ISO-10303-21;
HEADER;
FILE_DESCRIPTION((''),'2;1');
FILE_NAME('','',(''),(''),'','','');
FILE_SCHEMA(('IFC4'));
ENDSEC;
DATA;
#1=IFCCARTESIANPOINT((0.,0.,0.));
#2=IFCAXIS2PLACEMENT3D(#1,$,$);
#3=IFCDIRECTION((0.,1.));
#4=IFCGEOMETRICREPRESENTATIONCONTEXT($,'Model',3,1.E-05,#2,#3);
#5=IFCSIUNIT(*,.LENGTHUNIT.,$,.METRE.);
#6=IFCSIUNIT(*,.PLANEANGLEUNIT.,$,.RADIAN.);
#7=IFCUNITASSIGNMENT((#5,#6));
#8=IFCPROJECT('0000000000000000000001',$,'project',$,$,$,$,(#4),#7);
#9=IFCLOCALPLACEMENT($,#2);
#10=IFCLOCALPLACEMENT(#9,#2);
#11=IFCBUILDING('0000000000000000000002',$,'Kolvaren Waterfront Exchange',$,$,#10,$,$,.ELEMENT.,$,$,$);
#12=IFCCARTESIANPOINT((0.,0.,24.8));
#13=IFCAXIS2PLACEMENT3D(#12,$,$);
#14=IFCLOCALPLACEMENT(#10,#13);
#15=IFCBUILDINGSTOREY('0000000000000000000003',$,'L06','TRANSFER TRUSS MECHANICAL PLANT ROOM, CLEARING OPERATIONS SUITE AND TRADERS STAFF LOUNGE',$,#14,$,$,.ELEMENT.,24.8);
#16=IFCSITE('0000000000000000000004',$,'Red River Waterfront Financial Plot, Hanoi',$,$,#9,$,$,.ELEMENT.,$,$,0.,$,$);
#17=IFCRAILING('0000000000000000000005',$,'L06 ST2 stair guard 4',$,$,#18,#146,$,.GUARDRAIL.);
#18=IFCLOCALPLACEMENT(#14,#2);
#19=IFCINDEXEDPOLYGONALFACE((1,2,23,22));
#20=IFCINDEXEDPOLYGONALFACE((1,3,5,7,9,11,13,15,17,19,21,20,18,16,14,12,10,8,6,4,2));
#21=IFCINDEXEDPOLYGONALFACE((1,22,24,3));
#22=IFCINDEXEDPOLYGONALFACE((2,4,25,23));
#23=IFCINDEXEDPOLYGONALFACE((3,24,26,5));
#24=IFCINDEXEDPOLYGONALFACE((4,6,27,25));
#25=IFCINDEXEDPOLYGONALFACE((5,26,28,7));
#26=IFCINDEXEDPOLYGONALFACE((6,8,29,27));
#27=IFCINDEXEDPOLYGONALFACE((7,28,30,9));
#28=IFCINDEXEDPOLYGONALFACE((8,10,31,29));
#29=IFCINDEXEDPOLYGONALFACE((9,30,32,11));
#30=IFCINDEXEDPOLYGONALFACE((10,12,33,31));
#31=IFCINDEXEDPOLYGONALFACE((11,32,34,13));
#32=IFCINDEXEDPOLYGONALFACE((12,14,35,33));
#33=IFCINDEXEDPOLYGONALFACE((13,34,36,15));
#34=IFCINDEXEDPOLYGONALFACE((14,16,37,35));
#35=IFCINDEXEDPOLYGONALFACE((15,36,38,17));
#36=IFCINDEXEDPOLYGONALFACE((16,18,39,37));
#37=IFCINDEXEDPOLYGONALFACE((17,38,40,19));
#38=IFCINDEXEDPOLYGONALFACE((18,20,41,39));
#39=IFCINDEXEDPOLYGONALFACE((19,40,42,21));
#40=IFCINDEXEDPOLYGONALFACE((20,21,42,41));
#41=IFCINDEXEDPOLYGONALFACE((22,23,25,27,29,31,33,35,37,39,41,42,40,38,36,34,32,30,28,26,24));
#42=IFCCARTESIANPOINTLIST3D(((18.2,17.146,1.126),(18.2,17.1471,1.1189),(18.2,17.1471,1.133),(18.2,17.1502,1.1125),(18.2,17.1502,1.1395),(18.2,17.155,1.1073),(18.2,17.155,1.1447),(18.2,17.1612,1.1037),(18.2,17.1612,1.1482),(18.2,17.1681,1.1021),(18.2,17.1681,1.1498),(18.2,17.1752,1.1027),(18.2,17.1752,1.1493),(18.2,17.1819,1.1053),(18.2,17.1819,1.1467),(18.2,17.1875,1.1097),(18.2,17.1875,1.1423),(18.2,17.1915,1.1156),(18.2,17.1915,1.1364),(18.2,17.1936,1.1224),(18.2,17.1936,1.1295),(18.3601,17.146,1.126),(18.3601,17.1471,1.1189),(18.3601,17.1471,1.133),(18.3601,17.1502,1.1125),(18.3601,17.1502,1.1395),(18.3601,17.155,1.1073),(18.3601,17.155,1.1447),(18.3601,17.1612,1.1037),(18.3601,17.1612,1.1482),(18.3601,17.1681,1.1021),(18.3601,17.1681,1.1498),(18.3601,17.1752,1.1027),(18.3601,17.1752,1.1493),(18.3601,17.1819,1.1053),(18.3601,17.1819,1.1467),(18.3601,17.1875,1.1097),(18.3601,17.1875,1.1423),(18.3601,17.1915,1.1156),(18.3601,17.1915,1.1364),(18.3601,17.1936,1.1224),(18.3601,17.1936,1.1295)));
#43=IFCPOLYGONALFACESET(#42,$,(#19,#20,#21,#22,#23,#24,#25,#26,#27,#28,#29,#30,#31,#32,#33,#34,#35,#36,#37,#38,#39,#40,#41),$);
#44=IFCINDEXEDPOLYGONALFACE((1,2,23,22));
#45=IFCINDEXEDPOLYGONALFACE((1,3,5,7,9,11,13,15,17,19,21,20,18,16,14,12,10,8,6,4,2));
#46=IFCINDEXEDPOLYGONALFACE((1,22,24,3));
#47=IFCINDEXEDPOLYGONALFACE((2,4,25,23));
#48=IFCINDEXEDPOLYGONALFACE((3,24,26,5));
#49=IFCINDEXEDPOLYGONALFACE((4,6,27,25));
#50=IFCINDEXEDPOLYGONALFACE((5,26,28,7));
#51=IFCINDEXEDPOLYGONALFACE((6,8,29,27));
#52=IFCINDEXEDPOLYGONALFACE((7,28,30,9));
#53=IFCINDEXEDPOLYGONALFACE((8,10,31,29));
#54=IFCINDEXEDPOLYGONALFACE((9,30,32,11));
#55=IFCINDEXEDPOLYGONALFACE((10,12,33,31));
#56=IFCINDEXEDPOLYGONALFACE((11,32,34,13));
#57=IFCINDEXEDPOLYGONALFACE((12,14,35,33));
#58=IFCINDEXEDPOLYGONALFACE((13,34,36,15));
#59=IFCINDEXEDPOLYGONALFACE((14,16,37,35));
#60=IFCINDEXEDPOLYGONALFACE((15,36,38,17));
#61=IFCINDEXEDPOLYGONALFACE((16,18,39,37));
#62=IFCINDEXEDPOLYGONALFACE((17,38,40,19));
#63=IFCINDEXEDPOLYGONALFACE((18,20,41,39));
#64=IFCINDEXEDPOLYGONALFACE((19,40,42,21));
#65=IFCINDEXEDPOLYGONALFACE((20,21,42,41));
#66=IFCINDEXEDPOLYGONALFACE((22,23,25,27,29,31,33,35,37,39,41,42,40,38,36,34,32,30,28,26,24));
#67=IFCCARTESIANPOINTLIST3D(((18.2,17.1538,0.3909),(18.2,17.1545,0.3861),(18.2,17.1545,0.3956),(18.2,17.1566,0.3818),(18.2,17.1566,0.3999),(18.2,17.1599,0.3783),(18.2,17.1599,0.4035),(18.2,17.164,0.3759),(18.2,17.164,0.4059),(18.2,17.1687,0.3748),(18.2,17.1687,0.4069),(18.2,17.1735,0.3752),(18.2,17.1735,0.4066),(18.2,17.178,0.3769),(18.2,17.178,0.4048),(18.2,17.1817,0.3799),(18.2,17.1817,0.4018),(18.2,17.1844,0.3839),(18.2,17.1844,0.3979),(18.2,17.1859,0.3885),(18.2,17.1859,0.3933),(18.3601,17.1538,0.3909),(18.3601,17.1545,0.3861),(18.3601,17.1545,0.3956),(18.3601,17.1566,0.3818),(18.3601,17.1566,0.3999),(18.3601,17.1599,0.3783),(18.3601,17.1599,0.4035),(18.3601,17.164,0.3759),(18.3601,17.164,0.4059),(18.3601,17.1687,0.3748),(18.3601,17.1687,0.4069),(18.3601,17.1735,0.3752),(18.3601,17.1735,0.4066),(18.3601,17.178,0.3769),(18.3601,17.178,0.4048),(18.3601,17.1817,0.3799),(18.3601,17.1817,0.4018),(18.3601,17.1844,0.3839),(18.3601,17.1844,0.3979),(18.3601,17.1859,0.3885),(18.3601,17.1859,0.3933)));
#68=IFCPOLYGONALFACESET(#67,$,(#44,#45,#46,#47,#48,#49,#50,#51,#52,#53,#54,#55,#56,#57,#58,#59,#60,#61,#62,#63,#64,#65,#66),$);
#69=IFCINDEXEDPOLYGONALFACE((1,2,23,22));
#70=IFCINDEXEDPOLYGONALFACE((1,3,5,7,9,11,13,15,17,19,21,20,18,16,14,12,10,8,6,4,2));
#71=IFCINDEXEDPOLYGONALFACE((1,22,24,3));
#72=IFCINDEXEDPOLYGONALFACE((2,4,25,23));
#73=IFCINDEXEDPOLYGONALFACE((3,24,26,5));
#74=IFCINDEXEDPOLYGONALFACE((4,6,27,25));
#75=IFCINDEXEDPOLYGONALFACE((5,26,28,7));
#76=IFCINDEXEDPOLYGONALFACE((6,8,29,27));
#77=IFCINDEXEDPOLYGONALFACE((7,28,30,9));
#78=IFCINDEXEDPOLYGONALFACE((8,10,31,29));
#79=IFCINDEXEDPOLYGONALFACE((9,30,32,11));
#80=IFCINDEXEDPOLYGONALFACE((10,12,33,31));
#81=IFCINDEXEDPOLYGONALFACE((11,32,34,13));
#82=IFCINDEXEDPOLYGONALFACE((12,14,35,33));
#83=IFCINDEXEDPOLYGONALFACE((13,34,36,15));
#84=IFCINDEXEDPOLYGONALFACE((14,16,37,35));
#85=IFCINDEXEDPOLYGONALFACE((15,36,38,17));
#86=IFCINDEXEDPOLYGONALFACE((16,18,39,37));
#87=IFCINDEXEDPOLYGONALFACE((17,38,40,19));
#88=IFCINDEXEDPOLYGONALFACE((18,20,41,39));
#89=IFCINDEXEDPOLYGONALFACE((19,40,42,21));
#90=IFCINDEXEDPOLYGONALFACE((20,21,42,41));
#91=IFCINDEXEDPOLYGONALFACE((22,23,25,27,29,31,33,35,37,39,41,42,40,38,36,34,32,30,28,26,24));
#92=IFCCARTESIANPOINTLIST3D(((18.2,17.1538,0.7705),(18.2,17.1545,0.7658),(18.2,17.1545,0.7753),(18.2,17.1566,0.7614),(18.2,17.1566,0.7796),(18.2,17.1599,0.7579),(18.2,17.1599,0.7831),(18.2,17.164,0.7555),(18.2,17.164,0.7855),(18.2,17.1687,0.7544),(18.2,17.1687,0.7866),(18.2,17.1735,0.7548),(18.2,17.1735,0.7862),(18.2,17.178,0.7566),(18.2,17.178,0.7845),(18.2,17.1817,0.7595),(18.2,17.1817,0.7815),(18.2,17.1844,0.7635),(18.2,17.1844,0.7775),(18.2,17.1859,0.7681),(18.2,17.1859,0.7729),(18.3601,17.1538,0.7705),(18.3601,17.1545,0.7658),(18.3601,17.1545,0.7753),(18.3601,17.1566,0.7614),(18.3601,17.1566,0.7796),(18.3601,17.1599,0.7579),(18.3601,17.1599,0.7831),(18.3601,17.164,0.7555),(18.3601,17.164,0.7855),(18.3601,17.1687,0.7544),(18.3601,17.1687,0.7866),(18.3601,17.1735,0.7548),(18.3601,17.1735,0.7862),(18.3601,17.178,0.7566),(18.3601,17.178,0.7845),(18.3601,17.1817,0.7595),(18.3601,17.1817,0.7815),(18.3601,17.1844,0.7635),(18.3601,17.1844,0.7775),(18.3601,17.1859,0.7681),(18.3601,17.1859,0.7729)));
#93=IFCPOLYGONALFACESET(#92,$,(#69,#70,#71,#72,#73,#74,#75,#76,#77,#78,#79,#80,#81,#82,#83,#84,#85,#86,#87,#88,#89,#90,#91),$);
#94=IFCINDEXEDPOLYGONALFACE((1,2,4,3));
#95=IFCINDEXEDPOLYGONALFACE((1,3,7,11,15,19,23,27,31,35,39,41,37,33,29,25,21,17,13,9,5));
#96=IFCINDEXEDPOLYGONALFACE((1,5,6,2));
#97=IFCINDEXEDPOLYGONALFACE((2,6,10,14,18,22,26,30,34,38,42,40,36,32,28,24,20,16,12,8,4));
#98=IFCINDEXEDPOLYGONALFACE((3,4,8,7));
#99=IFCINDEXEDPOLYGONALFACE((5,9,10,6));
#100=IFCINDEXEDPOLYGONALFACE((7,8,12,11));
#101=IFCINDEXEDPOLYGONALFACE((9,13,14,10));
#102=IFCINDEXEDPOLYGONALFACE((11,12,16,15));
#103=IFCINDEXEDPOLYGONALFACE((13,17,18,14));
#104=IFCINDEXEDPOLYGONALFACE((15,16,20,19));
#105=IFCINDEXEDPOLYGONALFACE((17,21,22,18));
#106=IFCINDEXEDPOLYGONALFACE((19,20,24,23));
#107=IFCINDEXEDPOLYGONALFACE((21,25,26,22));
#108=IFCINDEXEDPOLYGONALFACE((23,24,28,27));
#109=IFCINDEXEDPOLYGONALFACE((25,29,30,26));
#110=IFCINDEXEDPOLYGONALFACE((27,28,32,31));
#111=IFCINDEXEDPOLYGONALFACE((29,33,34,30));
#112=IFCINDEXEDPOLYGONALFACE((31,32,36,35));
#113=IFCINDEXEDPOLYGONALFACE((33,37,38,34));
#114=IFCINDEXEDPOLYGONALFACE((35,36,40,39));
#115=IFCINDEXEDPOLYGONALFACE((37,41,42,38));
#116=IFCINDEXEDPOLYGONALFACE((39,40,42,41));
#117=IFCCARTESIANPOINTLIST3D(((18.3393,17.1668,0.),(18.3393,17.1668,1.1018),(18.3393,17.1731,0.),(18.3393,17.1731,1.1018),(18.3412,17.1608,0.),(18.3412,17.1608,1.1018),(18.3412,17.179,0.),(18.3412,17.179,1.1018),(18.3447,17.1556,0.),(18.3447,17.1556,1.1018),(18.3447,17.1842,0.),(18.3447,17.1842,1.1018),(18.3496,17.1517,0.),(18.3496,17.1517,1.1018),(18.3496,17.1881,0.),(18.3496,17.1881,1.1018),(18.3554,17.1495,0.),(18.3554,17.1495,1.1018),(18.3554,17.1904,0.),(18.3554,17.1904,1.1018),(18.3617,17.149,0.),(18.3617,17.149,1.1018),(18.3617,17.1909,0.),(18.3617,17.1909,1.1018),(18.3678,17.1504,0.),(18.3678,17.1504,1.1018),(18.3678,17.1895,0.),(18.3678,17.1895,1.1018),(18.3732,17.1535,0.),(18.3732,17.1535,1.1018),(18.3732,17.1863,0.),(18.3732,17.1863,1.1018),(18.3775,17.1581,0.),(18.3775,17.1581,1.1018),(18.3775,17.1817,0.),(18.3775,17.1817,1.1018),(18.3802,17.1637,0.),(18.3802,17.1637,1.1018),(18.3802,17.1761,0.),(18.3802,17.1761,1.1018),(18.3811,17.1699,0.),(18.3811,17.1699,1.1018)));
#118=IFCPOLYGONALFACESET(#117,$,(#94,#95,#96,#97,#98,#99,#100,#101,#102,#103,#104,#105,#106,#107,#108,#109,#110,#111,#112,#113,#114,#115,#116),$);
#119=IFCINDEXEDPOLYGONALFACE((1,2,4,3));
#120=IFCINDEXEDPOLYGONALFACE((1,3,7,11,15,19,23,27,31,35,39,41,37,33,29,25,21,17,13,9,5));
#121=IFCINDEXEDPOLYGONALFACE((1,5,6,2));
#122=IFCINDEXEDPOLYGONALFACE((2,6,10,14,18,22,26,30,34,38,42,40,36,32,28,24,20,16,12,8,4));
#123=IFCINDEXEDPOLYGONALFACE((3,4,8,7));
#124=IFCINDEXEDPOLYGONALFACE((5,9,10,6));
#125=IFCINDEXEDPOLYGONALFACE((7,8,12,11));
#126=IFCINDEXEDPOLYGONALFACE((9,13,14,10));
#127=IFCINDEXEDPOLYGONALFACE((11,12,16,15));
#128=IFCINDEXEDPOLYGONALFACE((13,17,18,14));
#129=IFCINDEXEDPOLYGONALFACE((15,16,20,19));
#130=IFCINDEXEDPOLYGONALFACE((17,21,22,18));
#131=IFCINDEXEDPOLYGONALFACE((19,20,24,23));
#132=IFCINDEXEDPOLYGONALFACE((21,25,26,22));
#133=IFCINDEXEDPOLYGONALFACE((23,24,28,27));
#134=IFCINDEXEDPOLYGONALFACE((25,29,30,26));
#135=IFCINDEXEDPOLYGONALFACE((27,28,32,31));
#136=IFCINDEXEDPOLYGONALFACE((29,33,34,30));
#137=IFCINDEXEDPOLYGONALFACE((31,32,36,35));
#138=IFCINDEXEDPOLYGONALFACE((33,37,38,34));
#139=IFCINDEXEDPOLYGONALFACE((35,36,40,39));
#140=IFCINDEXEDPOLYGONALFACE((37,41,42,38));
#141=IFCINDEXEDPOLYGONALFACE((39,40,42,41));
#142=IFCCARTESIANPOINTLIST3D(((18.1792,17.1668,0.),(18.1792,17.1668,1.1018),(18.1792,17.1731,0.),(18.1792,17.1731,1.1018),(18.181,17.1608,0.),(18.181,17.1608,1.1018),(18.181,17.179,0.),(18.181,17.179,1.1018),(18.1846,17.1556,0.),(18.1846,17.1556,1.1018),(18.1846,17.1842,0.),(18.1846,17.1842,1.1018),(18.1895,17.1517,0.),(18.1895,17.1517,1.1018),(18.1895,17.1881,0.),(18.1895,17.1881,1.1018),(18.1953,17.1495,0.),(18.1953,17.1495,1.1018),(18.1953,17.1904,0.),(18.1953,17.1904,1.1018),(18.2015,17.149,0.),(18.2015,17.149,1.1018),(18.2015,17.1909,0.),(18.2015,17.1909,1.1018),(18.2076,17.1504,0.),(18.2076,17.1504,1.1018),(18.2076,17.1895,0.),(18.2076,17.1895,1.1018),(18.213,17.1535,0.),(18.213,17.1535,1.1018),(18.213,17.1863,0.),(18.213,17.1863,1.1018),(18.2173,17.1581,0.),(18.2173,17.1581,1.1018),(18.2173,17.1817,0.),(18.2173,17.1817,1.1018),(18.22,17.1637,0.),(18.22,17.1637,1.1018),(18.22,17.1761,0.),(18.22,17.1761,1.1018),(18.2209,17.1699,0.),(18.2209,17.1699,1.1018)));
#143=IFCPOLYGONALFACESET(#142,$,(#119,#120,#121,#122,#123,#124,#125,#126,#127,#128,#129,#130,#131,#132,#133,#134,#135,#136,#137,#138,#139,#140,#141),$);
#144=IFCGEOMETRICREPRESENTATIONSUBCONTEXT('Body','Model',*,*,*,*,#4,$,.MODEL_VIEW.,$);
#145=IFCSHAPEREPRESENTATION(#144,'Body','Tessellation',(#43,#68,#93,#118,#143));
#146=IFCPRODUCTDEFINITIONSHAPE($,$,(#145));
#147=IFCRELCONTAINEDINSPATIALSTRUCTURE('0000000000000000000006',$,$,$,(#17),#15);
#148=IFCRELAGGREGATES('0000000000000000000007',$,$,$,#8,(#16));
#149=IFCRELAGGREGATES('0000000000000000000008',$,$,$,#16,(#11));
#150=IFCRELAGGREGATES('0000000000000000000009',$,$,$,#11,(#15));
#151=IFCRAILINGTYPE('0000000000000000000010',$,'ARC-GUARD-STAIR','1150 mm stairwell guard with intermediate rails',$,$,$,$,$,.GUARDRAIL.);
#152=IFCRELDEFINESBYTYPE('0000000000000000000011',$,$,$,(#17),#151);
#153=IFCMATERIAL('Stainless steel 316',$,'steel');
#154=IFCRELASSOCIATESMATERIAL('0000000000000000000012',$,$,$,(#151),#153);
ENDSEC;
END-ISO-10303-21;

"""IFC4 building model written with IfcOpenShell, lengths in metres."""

from ifc_helpers import new_model, si_unit, direction, frame, origin, origin_2d, place, context, subcontext, project, spatial, circle, extrude, material, type_object, element, save


model = new_model("IFC4")

# Units and contexts
model_context = context("Model", 3, precision=1e-05, world=origin(), true_north=direction((0.0, 1.0)))
body_context = subcontext(model_context, "Body", "Model", "MODEL_VIEW")
ifc_project = project(units=[si_unit("LENGTHUNIT", "METRE"), si_unit("PLANEANGLEUNIT", "RADIAN")], contexts=[model_context])

# Site, building, storey
site_placement = place(None, origin())
site = spatial("IfcSite", under=ifc_project, at=site_placement, Name="Red River Waterfront Financial Plot, Hanoi", CompositionType="ELEMENT", RefElevation=0.0)
building_placement = place(site_placement, origin())
building = spatial("IfcBuilding", under=site, at=building_placement, Name="Kolvaren Waterfront Exchange", CompositionType="ELEMENT")
storey_placement = place(building_placement, frame((0.0, 0.0, 24.8)))
storey = spatial("IfcBuildingStorey", under=building, at=storey_placement, Name="L06", Description="TRANSFER TRUSS MECHANICAL PLANT ROOM, CLEARING OPERATIONS SUITE AND TRADERS STAFF LOUNGE", CompositionType="ELEMENT", Elevation=24.8)

# Railing
ifc_material_1 = material(Name="Stainless steel 316", Category="steel")
railing_type_1 = type_object("IfcRailingType", Name="ARC-GUARD-STAIR", Description="1150 mm stairwell guard with intermediate rails", PredefinedType="GUARDRAIL", material=ifc_material_1)
railing_1_placement = place(storey_placement, frame((18.3601, 17.1699, 0.0)))
element("IfcRailing", 1, at=railing_1_placement, inside=storey, type_object=railing_type_1, Name="L06 ST2 stair guard 4", PredefinedType="GUARDRAIL", context=body_context, shape_type="SweptSolid", body=[
    extrude(circle(Radius=0.0239, at=origin_2d()), frame((0.0, 0.0, 1.126), z_axis=(-1.0, 0.0, 0.0), x_axis=(0.0, -1.0, 0.0)), (0.0, 0.0, 1.0), 0.1602),
    extrude(circle(Radius=0.0161, at=origin_2d()), frame((0.0, 0.0, 0.3909), z_axis=(-1.0, 0.0, 0.0), x_axis=(0.0, -1.0, 0.0)), (0.0, 0.0, 1.0), 0.1602),
    extrude(circle(Radius=0.0161, at=origin_2d()), frame((0.0, 0.0, 0.7705), z_axis=(-1.0, 0.0, 0.0), x_axis=(0.0, -1.0, 0.0)), (0.0, 0.0, 1.0), 0.1602),
    extrude(circle(Radius=0.021, at=origin_2d()), origin(), (0.0, 0.0, 1.0), 1.1018),
    extrude(circle(Radius=0.021, at=origin_2d()), frame((-0.1602, 0.0, 0.0)), (0.0, 0.0, 1.0), 1.1018),
])

save(model, "model.ifc")
